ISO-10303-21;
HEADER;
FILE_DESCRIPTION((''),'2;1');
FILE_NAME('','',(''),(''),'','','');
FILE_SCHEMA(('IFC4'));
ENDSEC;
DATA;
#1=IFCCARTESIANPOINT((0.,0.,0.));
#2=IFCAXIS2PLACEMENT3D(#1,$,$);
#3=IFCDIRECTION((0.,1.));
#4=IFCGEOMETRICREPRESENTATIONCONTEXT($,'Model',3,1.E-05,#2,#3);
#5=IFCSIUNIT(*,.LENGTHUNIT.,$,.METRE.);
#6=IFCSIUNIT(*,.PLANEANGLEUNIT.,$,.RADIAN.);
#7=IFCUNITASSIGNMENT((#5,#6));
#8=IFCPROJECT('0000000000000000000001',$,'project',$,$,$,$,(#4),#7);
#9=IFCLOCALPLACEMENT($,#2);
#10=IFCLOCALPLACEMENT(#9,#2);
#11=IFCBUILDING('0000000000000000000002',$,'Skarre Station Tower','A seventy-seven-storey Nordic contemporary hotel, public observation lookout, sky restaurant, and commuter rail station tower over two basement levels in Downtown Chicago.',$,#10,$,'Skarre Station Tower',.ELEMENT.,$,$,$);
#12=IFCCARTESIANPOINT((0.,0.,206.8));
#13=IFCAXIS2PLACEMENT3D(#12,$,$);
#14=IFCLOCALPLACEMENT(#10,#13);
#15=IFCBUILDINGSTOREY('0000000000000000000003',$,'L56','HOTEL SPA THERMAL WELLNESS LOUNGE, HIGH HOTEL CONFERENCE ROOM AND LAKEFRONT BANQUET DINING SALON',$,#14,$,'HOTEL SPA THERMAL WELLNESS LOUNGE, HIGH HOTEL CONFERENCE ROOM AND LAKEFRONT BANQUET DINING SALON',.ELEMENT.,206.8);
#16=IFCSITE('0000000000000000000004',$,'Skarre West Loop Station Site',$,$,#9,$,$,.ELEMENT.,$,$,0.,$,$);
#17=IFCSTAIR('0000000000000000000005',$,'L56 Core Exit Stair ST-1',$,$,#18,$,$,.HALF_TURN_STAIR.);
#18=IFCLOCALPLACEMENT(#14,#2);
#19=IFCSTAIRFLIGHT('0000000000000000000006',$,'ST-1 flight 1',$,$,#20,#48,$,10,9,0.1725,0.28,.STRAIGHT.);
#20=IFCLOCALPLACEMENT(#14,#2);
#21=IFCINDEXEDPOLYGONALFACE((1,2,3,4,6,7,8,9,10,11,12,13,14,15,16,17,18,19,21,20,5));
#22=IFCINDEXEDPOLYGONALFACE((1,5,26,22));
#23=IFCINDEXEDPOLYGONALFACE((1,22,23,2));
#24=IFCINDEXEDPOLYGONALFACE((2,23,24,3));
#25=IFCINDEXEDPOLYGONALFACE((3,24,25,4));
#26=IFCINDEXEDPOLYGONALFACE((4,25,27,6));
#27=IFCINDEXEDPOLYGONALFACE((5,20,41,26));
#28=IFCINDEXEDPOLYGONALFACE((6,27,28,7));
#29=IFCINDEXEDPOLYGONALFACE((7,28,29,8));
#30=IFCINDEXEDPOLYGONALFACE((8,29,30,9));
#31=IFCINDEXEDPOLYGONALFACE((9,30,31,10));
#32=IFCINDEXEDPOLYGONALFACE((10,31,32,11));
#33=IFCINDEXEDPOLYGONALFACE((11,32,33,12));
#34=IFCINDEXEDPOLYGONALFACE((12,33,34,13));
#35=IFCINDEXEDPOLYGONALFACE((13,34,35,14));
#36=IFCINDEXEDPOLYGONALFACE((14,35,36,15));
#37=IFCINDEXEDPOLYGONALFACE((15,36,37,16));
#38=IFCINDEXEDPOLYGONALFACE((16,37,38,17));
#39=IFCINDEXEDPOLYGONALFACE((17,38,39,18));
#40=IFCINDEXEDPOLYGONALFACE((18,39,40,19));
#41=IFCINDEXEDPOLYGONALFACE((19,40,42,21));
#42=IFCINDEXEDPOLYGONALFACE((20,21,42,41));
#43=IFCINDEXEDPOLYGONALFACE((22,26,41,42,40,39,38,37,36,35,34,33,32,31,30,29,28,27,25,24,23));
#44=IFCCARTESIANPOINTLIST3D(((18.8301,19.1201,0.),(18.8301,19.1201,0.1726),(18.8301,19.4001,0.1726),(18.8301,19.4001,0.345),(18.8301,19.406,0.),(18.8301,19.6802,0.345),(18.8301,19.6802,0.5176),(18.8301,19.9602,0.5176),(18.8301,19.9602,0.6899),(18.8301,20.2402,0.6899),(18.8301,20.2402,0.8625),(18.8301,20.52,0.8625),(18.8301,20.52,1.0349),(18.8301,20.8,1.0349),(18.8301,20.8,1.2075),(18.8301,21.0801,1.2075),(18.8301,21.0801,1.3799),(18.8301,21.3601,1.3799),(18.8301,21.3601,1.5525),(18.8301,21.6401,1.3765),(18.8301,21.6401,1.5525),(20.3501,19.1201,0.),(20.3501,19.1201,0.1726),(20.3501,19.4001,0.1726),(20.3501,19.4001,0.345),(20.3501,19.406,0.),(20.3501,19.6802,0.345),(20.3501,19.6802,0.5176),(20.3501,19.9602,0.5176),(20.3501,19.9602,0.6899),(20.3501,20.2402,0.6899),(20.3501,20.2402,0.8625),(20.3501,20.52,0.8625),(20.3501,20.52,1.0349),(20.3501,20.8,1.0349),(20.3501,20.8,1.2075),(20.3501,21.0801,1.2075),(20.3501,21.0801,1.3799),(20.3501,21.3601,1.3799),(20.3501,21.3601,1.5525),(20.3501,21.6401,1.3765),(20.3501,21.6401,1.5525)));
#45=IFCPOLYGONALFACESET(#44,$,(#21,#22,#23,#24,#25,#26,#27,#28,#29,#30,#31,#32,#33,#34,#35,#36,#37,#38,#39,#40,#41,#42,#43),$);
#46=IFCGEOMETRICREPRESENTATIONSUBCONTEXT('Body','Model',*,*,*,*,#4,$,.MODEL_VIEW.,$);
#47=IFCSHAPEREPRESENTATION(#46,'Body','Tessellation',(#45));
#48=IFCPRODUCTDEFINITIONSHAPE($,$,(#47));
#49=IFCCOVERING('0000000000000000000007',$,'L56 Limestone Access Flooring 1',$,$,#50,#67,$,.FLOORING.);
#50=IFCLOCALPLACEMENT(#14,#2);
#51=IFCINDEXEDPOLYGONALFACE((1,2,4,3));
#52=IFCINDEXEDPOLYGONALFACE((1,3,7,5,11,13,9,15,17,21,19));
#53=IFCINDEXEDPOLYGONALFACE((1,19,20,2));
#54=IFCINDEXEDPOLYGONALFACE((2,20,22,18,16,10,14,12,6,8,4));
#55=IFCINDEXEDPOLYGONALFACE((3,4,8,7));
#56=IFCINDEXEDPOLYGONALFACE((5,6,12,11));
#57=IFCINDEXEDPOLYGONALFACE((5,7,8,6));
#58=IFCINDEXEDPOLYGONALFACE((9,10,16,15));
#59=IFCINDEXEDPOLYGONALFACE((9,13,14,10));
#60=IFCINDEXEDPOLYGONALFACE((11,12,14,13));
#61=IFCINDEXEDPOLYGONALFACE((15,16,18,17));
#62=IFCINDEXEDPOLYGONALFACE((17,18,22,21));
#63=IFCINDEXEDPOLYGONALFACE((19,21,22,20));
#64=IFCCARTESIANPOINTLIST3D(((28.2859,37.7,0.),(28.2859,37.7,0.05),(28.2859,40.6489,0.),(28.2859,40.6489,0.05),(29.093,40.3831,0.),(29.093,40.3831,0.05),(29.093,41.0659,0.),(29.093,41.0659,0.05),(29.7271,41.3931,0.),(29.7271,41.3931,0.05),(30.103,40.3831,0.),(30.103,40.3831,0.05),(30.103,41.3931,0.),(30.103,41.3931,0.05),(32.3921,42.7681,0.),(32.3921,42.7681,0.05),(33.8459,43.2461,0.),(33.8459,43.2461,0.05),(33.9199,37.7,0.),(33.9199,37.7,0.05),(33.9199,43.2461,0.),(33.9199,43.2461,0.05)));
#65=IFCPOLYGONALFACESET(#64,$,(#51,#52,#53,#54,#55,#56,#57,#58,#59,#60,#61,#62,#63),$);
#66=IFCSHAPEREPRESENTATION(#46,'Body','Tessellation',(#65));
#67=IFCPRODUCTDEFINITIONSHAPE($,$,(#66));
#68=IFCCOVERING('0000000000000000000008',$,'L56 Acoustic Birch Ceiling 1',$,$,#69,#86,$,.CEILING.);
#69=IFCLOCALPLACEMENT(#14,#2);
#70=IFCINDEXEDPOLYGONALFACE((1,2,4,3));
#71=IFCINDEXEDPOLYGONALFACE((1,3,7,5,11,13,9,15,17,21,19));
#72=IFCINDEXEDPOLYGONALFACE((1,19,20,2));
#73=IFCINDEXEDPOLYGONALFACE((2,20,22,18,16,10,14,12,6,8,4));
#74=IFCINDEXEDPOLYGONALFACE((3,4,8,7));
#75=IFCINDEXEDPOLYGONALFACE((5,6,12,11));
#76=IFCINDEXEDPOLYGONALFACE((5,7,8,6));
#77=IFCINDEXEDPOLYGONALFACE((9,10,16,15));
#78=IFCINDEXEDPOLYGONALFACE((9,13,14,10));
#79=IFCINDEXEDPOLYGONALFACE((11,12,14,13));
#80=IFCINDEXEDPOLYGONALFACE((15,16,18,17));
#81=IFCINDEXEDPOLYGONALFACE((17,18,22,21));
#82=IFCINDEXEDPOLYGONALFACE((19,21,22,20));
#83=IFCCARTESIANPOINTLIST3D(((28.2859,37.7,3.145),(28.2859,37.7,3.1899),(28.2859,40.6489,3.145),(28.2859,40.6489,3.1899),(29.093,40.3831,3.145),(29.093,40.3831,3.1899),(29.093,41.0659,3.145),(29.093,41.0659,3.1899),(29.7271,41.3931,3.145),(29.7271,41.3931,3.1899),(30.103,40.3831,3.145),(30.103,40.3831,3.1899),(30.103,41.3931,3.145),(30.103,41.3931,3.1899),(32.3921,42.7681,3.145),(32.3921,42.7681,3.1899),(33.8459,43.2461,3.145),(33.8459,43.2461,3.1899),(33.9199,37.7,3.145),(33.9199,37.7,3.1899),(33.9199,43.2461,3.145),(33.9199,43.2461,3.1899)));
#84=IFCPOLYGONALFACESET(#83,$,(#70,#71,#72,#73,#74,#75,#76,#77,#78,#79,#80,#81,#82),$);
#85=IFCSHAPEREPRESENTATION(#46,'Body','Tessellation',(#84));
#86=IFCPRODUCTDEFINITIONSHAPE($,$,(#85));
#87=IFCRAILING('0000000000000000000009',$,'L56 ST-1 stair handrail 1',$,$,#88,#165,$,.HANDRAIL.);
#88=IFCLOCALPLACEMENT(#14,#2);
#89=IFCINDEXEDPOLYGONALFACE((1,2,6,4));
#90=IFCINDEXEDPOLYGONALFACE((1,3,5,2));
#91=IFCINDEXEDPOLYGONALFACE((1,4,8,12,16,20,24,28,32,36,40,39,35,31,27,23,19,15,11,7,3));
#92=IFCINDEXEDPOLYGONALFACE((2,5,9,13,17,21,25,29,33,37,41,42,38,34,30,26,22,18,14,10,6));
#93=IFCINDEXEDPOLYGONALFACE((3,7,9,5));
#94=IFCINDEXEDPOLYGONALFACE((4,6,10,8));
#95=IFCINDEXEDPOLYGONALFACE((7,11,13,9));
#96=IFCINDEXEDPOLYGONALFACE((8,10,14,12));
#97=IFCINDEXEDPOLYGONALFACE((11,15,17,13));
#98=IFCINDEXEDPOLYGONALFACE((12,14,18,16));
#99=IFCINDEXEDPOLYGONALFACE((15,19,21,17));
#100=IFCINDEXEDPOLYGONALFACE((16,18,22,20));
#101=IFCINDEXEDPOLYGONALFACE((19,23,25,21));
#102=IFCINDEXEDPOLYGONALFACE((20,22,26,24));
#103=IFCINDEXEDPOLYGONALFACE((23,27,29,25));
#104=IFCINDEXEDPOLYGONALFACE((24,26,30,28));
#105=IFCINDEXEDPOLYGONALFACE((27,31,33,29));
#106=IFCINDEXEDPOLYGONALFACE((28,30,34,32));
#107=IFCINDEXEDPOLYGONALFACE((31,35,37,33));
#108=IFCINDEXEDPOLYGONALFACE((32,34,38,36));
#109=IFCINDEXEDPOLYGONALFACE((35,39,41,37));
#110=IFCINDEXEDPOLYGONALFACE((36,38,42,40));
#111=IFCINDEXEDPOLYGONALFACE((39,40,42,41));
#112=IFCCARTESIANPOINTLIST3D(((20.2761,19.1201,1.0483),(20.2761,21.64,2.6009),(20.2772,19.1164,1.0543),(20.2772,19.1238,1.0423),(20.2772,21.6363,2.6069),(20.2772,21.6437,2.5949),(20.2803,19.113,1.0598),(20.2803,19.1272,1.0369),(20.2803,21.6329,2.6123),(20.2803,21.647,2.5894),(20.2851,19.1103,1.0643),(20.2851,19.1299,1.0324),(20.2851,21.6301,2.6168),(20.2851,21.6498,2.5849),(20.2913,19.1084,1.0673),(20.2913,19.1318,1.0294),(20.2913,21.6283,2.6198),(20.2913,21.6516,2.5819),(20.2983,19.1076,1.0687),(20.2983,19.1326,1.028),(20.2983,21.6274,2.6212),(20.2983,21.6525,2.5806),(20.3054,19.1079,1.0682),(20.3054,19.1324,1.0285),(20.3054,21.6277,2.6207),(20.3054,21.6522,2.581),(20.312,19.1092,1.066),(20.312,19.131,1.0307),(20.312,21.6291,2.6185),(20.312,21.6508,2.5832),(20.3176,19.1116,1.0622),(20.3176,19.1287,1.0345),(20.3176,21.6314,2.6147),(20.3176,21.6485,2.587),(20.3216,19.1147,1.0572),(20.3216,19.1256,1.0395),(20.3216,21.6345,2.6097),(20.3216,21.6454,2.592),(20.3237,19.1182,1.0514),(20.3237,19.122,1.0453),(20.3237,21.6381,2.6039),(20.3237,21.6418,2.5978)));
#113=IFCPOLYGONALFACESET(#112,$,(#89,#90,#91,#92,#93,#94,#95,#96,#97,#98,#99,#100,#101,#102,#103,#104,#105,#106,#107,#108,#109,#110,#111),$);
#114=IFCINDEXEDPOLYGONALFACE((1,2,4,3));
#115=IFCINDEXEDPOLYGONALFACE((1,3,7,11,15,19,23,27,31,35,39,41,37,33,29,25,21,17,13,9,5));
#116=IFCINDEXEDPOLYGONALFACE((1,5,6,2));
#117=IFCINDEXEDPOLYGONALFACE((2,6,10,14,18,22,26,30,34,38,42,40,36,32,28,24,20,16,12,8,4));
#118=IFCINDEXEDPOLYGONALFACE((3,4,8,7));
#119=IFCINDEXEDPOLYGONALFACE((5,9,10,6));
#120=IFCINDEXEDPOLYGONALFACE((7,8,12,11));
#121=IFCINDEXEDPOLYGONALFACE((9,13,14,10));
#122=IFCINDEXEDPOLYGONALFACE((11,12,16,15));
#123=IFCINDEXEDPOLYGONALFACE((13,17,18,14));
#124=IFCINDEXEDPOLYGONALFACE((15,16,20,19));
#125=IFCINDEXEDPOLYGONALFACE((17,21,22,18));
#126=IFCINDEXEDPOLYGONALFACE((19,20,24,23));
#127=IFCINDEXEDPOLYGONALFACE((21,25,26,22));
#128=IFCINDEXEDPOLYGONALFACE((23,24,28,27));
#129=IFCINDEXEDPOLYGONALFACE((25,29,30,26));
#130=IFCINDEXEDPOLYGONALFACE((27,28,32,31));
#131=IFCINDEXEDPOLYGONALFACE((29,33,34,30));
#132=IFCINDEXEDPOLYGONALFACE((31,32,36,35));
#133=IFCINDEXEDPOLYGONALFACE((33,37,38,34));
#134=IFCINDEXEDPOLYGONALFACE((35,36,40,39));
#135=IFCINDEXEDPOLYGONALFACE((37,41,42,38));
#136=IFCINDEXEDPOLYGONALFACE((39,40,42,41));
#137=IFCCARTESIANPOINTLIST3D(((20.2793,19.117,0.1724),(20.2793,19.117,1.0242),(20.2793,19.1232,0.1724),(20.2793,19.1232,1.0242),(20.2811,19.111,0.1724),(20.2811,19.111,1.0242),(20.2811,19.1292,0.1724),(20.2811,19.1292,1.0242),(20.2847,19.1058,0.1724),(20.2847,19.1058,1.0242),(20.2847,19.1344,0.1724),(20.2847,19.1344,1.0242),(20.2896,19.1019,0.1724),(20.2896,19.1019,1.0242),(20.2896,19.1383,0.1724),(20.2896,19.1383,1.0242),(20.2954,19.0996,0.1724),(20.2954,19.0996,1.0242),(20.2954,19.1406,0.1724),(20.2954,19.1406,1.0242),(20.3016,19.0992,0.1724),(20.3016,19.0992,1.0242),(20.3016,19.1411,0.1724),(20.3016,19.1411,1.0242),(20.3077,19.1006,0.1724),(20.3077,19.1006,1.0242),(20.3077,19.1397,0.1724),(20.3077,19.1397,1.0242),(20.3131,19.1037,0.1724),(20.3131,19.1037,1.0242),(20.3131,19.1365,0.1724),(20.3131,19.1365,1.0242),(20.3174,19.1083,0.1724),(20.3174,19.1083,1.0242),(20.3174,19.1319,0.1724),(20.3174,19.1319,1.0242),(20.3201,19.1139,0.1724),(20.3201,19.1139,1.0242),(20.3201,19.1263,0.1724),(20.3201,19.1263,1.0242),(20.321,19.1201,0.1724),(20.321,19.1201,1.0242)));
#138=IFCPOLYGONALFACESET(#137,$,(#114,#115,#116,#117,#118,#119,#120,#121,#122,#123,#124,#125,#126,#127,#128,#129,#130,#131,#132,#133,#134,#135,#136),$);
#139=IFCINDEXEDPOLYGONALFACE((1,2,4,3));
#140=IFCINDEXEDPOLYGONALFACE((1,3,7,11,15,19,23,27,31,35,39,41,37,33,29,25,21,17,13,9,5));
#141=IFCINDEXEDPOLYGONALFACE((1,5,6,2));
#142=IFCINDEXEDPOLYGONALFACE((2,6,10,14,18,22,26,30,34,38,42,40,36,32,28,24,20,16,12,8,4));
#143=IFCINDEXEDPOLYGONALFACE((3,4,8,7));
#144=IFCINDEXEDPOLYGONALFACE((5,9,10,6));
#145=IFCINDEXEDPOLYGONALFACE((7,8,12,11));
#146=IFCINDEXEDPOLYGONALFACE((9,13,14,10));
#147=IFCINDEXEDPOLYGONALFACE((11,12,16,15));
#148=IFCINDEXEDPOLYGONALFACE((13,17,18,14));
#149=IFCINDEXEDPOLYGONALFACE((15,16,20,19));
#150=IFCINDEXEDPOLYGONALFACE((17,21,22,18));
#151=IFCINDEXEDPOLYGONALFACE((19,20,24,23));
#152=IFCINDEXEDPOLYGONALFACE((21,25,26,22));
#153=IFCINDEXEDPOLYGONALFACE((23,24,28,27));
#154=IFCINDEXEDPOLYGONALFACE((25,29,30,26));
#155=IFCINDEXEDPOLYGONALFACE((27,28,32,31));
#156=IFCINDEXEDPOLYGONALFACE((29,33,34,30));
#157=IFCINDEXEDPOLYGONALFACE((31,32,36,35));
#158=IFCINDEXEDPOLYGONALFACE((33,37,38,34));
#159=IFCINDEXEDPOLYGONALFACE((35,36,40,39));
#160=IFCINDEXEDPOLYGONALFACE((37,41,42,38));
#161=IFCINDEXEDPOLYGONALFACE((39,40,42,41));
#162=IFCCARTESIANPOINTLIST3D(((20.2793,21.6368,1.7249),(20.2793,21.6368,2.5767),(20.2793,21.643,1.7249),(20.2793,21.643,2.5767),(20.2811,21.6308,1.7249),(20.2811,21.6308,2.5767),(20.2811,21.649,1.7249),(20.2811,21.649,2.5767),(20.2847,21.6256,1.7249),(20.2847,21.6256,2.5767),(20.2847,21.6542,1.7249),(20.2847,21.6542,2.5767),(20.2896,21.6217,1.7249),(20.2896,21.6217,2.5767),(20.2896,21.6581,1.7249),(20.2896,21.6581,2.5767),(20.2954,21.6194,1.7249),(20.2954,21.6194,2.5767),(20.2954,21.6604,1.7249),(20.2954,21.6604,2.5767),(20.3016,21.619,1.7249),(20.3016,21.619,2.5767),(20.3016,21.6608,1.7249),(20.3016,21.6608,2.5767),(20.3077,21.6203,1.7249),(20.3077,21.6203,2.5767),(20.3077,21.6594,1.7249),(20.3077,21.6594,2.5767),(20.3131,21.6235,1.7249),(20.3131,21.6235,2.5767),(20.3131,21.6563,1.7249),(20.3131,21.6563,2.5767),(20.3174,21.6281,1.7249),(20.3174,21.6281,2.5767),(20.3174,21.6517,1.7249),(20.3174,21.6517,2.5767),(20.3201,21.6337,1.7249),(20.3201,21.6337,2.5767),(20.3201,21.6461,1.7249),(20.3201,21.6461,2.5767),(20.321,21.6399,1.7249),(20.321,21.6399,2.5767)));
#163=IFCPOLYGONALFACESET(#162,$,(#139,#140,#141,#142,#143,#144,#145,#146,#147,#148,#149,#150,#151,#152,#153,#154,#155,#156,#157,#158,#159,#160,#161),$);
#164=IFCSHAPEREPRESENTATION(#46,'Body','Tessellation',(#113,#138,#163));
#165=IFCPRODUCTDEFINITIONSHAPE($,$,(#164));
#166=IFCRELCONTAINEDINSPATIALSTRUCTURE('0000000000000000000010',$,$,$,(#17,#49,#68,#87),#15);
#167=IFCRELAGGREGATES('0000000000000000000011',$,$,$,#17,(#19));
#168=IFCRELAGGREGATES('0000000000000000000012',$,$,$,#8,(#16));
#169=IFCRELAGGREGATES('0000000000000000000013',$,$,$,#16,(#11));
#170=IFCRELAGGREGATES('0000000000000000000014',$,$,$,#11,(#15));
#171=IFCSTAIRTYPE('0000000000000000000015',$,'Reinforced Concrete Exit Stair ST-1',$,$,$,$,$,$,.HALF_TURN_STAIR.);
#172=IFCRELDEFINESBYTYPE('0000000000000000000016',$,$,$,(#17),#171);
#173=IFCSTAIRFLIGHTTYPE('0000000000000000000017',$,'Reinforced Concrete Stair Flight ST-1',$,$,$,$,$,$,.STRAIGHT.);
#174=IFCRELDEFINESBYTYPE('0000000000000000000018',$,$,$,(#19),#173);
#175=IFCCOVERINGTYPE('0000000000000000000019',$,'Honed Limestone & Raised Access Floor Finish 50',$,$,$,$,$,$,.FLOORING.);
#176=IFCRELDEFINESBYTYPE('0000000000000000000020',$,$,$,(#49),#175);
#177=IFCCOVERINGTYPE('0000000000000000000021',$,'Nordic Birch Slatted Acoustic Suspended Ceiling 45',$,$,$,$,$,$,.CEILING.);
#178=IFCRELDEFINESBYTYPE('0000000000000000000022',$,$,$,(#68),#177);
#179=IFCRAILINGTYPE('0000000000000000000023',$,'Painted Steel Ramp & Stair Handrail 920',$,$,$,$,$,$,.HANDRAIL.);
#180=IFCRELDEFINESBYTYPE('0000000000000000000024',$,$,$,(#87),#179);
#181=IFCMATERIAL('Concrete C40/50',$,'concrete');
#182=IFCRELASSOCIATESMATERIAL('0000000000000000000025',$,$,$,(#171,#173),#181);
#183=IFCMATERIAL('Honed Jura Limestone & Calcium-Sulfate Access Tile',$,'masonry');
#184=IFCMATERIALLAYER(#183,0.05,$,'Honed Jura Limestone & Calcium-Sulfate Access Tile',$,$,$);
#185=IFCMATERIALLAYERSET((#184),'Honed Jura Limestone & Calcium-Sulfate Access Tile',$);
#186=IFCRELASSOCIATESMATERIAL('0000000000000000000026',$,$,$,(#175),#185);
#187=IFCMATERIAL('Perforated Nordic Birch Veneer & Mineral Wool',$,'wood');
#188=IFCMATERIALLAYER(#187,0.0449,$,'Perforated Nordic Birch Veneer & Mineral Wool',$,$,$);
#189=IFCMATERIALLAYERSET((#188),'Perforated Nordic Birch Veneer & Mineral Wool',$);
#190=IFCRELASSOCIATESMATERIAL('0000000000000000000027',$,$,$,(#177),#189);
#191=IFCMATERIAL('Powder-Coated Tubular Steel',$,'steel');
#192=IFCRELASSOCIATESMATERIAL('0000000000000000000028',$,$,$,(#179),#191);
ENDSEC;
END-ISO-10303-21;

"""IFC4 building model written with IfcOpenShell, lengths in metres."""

from ifc_helpers import new_model, si_unit, direction, frame, origin, origin_2d, place, context, subcontext, project, spatial, polyline, circle, outline, extrude, material, layer, layer_set, type_object, element, aggregate, save


model = new_model("IFC4")

# Units and contexts
model_context = context("Model", 3, precision=1e-05, world=origin(), true_north=direction((0.0, 1.0)))
body_context = subcontext(model_context, "Body", "Model", "MODEL_VIEW")
ifc_project = project(units=[si_unit("LENGTHUNIT", "METRE"), si_unit("PLANEANGLEUNIT", "RADIAN")], contexts=[model_context])

# Site, building, storey
site_placement = place(None, origin())
site = spatial("IfcSite", under=ifc_project, at=site_placement, Name="Skarre West Loop Station Site", CompositionType="ELEMENT", RefElevation=0.0)
building_placement = place(site_placement, origin())
building = spatial("IfcBuilding", under=site, at=building_placement, Name="Skarre Station Tower", Description="A seventy-seven-storey Nordic contemporary hotel, public observation lookout, sky restaurant, and commuter rail station tower over two basement levels in Downtown Chicago.", LongName="Skarre Station Tower", CompositionType="ELEMENT")
storey_placement = place(building_placement, frame((0.0, 0.0, 206.8)))
storey = spatial("IfcBuildingStorey", under=building, at=storey_placement, Name="L56", Description="HOTEL SPA THERMAL WELLNESS LOUNGE, HIGH HOTEL CONFERENCE ROOM AND LAKEFRONT BANQUET DINING SALON", LongName="HOTEL SPA THERMAL WELLNESS LOUNGE, HIGH HOTEL CONFERENCE ROOM AND LAKEFRONT BANQUET DINING SALON", CompositionType="ELEMENT", Elevation=206.8)

# Stair
ifc_material_1 = material(Name="Concrete C40/50", Category="concrete")
stair_type_1 = type_object("IfcStairType", Name="Reinforced Concrete Exit Stair ST-1", PredefinedType="HALF_TURN_STAIR", material=ifc_material_1)
stair_1_placement = place(storey_placement, origin())
stair_1 = element("IfcStair", 1, at=stair_1_placement, inside=storey, type_object=stair_type_1, Name="L56 Core Exit Stair ST-1", PredefinedType="HALF_TURN_STAIR")

# Stair flight
stair_flight_type = type_object("IfcStairFlightType", Name="Reinforced Concrete Stair Flight ST-1", PredefinedType="STRAIGHT", material=ifc_material_1)
stair_flight_placement = place(storey_placement, frame((19.5901, 19.1201, 0.0), z_axis=(0.0, 0.0, 1.0), x_axis=(0.0, 1.0, 0.0)))
stair_flight = element("IfcStairFlight", 2, at=stair_flight_placement, type_object=stair_flight_type, Name="ST-1 flight 1", NumberOfRisers=10, NumberOfTreads=9, PredefinedType="STRAIGHT", RiserHeight=0.1725, TreadLength=0.28, context=body_context, shape_type="SweptSolid", body=[
    extrude(outline(polyline([(0.0, 0.0), (0.0, 0.1726), (0.28, 0.1726), (0.28, 0.345), (0.5601, 0.345), (0.5601, 0.5176), (0.8401, 0.5176), (0.8401, 0.6899), (1.1201, 0.6899), (1.1201, 0.8625), (1.3999, 0.8625), (1.3999, 1.0349), (1.6799, 1.0349), (1.6799, 1.2075), (1.96, 1.2075), (1.96, 1.3799), (2.24, 1.3799), (2.24, 1.5525), (2.52, 1.5525), (2.52, 1.7251), (2.52, 1.3765), (0.2859, 0.0), (0.0, 0.0)])), frame((0.0, 0.76, 0.0), z_axis=(0.0, -1.0, 0.0), x_axis=(1.0, 0.0, 0.0)), (0.0, 0.0, 1.0), 1.52),
])
aggregate(stair_1, [stair_flight])

# Coverings
ifc_material_2 = material(Name="Honed Jura Limestone & Calcium-Sulfate Access Tile", Category="masonry")
ifc_layer_1 = layer(ifc_material_2, 0.05, Name="Honed Jura Limestone & Calcium-Sulfate Access Tile")
ifc_layer_set_1 = layer_set([ifc_layer_1], Name="Honed Jura Limestone & Calcium-Sulfate Access Tile")
covering_type_1 = type_object("IfcCoveringType", Name="Honed Limestone & Raised Access Floor Finish 50", PredefinedType="FLOORING", material=ifc_layer_set_1)
covering_1_placement = place(storey_placement, origin())
element("IfcCovering", 3, at=covering_1_placement, inside=storey, type_object=covering_type_1, Name="L56 Limestone Access Flooring 1", PredefinedType="FLOORING", context=body_context, shape_type="SweptSolid", body=[
    extrude(outline(polyline([(33.9199, 37.7), (33.9199, 43.2461), (33.8459, 43.2461), (32.3921, 42.7681), (29.7271, 41.3931), (30.103, 41.3931), (30.103, 40.3831), (29.093, 40.3831), (29.093, 41.0659), (28.2859, 40.6489), (28.2859, 37.7), (33.9199, 37.7)])), origin(), (0.0, 0.0, 1.0), 0.05),
])
ifc_material_3 = material(Name="Perforated Nordic Birch Veneer & Mineral Wool", Category="wood")
ifc_layer_2 = layer(ifc_material_3, 0.0449, Name="Perforated Nordic Birch Veneer & Mineral Wool")
ifc_layer_set_2 = layer_set([ifc_layer_2], Name="Perforated Nordic Birch Veneer & Mineral Wool")
covering_type_2 = type_object("IfcCoveringType", Name="Nordic Birch Slatted Acoustic Suspended Ceiling 45", PredefinedType="CEILING", material=ifc_layer_set_2)
covering_2_placement = place(storey_placement, frame((0.0, 0.0, 3.145)))
element("IfcCovering", 4, at=covering_2_placement, inside=storey, type_object=covering_type_2, Name="L56 Acoustic Birch Ceiling 1", PredefinedType="CEILING", context=body_context, shape_type="SweptSolid", body=[
    extrude(outline(polyline([(33.9199, 37.7), (33.9199, 43.2461), (33.8459, 43.2461), (32.3921, 42.7681), (29.7271, 41.3931), (30.103, 41.3931), (30.103, 40.3831), (29.093, 40.3831), (29.093, 41.0659), (28.2859, 40.6489), (28.2859, 37.7), (33.9199, 37.7)])), origin(), (0.0, 0.0, 1.0), 0.0449),
])

# Railing
ifc_material_4 = material(Name="Powder-Coated Tubular Steel", Category="steel")
railing_type_1 = type_object("IfcRailingType", Name="Painted Steel Ramp & Stair Handrail 920", PredefinedType="HANDRAIL", material=ifc_material_4)
railing_1_placement = place(storey_placement, frame((20.3, 19.1201, 0.1724)))
element("IfcRailing", 5, at=railing_1_placement, inside=storey, type_object=railing_type_1, Name="L56 ST-1 stair handrail 1", PredefinedType="HANDRAIL", context=body_context, shape_type="SweptSolid", body=[
    extrude(circle(Radius=0.0239, at=origin_2d()), frame((0.0, 0.0, 0.876), z_axis=(0.0, 0.851378, 0.524553), x_axis=(-1.0, 0.0, 0.0)), (0.0, 0.0, 1.0), 2.9597),
    extrude(circle(Radius=0.021, at=origin_2d()), origin(), (0.0, 0.0, 1.0), 0.8518),
    extrude(circle(Radius=0.021, at=origin_2d()), frame((0.0, 2.5198, 1.5525)), (0.0, 0.0, 1.0), 0.8518),
])

save(model, "model.ifc")
